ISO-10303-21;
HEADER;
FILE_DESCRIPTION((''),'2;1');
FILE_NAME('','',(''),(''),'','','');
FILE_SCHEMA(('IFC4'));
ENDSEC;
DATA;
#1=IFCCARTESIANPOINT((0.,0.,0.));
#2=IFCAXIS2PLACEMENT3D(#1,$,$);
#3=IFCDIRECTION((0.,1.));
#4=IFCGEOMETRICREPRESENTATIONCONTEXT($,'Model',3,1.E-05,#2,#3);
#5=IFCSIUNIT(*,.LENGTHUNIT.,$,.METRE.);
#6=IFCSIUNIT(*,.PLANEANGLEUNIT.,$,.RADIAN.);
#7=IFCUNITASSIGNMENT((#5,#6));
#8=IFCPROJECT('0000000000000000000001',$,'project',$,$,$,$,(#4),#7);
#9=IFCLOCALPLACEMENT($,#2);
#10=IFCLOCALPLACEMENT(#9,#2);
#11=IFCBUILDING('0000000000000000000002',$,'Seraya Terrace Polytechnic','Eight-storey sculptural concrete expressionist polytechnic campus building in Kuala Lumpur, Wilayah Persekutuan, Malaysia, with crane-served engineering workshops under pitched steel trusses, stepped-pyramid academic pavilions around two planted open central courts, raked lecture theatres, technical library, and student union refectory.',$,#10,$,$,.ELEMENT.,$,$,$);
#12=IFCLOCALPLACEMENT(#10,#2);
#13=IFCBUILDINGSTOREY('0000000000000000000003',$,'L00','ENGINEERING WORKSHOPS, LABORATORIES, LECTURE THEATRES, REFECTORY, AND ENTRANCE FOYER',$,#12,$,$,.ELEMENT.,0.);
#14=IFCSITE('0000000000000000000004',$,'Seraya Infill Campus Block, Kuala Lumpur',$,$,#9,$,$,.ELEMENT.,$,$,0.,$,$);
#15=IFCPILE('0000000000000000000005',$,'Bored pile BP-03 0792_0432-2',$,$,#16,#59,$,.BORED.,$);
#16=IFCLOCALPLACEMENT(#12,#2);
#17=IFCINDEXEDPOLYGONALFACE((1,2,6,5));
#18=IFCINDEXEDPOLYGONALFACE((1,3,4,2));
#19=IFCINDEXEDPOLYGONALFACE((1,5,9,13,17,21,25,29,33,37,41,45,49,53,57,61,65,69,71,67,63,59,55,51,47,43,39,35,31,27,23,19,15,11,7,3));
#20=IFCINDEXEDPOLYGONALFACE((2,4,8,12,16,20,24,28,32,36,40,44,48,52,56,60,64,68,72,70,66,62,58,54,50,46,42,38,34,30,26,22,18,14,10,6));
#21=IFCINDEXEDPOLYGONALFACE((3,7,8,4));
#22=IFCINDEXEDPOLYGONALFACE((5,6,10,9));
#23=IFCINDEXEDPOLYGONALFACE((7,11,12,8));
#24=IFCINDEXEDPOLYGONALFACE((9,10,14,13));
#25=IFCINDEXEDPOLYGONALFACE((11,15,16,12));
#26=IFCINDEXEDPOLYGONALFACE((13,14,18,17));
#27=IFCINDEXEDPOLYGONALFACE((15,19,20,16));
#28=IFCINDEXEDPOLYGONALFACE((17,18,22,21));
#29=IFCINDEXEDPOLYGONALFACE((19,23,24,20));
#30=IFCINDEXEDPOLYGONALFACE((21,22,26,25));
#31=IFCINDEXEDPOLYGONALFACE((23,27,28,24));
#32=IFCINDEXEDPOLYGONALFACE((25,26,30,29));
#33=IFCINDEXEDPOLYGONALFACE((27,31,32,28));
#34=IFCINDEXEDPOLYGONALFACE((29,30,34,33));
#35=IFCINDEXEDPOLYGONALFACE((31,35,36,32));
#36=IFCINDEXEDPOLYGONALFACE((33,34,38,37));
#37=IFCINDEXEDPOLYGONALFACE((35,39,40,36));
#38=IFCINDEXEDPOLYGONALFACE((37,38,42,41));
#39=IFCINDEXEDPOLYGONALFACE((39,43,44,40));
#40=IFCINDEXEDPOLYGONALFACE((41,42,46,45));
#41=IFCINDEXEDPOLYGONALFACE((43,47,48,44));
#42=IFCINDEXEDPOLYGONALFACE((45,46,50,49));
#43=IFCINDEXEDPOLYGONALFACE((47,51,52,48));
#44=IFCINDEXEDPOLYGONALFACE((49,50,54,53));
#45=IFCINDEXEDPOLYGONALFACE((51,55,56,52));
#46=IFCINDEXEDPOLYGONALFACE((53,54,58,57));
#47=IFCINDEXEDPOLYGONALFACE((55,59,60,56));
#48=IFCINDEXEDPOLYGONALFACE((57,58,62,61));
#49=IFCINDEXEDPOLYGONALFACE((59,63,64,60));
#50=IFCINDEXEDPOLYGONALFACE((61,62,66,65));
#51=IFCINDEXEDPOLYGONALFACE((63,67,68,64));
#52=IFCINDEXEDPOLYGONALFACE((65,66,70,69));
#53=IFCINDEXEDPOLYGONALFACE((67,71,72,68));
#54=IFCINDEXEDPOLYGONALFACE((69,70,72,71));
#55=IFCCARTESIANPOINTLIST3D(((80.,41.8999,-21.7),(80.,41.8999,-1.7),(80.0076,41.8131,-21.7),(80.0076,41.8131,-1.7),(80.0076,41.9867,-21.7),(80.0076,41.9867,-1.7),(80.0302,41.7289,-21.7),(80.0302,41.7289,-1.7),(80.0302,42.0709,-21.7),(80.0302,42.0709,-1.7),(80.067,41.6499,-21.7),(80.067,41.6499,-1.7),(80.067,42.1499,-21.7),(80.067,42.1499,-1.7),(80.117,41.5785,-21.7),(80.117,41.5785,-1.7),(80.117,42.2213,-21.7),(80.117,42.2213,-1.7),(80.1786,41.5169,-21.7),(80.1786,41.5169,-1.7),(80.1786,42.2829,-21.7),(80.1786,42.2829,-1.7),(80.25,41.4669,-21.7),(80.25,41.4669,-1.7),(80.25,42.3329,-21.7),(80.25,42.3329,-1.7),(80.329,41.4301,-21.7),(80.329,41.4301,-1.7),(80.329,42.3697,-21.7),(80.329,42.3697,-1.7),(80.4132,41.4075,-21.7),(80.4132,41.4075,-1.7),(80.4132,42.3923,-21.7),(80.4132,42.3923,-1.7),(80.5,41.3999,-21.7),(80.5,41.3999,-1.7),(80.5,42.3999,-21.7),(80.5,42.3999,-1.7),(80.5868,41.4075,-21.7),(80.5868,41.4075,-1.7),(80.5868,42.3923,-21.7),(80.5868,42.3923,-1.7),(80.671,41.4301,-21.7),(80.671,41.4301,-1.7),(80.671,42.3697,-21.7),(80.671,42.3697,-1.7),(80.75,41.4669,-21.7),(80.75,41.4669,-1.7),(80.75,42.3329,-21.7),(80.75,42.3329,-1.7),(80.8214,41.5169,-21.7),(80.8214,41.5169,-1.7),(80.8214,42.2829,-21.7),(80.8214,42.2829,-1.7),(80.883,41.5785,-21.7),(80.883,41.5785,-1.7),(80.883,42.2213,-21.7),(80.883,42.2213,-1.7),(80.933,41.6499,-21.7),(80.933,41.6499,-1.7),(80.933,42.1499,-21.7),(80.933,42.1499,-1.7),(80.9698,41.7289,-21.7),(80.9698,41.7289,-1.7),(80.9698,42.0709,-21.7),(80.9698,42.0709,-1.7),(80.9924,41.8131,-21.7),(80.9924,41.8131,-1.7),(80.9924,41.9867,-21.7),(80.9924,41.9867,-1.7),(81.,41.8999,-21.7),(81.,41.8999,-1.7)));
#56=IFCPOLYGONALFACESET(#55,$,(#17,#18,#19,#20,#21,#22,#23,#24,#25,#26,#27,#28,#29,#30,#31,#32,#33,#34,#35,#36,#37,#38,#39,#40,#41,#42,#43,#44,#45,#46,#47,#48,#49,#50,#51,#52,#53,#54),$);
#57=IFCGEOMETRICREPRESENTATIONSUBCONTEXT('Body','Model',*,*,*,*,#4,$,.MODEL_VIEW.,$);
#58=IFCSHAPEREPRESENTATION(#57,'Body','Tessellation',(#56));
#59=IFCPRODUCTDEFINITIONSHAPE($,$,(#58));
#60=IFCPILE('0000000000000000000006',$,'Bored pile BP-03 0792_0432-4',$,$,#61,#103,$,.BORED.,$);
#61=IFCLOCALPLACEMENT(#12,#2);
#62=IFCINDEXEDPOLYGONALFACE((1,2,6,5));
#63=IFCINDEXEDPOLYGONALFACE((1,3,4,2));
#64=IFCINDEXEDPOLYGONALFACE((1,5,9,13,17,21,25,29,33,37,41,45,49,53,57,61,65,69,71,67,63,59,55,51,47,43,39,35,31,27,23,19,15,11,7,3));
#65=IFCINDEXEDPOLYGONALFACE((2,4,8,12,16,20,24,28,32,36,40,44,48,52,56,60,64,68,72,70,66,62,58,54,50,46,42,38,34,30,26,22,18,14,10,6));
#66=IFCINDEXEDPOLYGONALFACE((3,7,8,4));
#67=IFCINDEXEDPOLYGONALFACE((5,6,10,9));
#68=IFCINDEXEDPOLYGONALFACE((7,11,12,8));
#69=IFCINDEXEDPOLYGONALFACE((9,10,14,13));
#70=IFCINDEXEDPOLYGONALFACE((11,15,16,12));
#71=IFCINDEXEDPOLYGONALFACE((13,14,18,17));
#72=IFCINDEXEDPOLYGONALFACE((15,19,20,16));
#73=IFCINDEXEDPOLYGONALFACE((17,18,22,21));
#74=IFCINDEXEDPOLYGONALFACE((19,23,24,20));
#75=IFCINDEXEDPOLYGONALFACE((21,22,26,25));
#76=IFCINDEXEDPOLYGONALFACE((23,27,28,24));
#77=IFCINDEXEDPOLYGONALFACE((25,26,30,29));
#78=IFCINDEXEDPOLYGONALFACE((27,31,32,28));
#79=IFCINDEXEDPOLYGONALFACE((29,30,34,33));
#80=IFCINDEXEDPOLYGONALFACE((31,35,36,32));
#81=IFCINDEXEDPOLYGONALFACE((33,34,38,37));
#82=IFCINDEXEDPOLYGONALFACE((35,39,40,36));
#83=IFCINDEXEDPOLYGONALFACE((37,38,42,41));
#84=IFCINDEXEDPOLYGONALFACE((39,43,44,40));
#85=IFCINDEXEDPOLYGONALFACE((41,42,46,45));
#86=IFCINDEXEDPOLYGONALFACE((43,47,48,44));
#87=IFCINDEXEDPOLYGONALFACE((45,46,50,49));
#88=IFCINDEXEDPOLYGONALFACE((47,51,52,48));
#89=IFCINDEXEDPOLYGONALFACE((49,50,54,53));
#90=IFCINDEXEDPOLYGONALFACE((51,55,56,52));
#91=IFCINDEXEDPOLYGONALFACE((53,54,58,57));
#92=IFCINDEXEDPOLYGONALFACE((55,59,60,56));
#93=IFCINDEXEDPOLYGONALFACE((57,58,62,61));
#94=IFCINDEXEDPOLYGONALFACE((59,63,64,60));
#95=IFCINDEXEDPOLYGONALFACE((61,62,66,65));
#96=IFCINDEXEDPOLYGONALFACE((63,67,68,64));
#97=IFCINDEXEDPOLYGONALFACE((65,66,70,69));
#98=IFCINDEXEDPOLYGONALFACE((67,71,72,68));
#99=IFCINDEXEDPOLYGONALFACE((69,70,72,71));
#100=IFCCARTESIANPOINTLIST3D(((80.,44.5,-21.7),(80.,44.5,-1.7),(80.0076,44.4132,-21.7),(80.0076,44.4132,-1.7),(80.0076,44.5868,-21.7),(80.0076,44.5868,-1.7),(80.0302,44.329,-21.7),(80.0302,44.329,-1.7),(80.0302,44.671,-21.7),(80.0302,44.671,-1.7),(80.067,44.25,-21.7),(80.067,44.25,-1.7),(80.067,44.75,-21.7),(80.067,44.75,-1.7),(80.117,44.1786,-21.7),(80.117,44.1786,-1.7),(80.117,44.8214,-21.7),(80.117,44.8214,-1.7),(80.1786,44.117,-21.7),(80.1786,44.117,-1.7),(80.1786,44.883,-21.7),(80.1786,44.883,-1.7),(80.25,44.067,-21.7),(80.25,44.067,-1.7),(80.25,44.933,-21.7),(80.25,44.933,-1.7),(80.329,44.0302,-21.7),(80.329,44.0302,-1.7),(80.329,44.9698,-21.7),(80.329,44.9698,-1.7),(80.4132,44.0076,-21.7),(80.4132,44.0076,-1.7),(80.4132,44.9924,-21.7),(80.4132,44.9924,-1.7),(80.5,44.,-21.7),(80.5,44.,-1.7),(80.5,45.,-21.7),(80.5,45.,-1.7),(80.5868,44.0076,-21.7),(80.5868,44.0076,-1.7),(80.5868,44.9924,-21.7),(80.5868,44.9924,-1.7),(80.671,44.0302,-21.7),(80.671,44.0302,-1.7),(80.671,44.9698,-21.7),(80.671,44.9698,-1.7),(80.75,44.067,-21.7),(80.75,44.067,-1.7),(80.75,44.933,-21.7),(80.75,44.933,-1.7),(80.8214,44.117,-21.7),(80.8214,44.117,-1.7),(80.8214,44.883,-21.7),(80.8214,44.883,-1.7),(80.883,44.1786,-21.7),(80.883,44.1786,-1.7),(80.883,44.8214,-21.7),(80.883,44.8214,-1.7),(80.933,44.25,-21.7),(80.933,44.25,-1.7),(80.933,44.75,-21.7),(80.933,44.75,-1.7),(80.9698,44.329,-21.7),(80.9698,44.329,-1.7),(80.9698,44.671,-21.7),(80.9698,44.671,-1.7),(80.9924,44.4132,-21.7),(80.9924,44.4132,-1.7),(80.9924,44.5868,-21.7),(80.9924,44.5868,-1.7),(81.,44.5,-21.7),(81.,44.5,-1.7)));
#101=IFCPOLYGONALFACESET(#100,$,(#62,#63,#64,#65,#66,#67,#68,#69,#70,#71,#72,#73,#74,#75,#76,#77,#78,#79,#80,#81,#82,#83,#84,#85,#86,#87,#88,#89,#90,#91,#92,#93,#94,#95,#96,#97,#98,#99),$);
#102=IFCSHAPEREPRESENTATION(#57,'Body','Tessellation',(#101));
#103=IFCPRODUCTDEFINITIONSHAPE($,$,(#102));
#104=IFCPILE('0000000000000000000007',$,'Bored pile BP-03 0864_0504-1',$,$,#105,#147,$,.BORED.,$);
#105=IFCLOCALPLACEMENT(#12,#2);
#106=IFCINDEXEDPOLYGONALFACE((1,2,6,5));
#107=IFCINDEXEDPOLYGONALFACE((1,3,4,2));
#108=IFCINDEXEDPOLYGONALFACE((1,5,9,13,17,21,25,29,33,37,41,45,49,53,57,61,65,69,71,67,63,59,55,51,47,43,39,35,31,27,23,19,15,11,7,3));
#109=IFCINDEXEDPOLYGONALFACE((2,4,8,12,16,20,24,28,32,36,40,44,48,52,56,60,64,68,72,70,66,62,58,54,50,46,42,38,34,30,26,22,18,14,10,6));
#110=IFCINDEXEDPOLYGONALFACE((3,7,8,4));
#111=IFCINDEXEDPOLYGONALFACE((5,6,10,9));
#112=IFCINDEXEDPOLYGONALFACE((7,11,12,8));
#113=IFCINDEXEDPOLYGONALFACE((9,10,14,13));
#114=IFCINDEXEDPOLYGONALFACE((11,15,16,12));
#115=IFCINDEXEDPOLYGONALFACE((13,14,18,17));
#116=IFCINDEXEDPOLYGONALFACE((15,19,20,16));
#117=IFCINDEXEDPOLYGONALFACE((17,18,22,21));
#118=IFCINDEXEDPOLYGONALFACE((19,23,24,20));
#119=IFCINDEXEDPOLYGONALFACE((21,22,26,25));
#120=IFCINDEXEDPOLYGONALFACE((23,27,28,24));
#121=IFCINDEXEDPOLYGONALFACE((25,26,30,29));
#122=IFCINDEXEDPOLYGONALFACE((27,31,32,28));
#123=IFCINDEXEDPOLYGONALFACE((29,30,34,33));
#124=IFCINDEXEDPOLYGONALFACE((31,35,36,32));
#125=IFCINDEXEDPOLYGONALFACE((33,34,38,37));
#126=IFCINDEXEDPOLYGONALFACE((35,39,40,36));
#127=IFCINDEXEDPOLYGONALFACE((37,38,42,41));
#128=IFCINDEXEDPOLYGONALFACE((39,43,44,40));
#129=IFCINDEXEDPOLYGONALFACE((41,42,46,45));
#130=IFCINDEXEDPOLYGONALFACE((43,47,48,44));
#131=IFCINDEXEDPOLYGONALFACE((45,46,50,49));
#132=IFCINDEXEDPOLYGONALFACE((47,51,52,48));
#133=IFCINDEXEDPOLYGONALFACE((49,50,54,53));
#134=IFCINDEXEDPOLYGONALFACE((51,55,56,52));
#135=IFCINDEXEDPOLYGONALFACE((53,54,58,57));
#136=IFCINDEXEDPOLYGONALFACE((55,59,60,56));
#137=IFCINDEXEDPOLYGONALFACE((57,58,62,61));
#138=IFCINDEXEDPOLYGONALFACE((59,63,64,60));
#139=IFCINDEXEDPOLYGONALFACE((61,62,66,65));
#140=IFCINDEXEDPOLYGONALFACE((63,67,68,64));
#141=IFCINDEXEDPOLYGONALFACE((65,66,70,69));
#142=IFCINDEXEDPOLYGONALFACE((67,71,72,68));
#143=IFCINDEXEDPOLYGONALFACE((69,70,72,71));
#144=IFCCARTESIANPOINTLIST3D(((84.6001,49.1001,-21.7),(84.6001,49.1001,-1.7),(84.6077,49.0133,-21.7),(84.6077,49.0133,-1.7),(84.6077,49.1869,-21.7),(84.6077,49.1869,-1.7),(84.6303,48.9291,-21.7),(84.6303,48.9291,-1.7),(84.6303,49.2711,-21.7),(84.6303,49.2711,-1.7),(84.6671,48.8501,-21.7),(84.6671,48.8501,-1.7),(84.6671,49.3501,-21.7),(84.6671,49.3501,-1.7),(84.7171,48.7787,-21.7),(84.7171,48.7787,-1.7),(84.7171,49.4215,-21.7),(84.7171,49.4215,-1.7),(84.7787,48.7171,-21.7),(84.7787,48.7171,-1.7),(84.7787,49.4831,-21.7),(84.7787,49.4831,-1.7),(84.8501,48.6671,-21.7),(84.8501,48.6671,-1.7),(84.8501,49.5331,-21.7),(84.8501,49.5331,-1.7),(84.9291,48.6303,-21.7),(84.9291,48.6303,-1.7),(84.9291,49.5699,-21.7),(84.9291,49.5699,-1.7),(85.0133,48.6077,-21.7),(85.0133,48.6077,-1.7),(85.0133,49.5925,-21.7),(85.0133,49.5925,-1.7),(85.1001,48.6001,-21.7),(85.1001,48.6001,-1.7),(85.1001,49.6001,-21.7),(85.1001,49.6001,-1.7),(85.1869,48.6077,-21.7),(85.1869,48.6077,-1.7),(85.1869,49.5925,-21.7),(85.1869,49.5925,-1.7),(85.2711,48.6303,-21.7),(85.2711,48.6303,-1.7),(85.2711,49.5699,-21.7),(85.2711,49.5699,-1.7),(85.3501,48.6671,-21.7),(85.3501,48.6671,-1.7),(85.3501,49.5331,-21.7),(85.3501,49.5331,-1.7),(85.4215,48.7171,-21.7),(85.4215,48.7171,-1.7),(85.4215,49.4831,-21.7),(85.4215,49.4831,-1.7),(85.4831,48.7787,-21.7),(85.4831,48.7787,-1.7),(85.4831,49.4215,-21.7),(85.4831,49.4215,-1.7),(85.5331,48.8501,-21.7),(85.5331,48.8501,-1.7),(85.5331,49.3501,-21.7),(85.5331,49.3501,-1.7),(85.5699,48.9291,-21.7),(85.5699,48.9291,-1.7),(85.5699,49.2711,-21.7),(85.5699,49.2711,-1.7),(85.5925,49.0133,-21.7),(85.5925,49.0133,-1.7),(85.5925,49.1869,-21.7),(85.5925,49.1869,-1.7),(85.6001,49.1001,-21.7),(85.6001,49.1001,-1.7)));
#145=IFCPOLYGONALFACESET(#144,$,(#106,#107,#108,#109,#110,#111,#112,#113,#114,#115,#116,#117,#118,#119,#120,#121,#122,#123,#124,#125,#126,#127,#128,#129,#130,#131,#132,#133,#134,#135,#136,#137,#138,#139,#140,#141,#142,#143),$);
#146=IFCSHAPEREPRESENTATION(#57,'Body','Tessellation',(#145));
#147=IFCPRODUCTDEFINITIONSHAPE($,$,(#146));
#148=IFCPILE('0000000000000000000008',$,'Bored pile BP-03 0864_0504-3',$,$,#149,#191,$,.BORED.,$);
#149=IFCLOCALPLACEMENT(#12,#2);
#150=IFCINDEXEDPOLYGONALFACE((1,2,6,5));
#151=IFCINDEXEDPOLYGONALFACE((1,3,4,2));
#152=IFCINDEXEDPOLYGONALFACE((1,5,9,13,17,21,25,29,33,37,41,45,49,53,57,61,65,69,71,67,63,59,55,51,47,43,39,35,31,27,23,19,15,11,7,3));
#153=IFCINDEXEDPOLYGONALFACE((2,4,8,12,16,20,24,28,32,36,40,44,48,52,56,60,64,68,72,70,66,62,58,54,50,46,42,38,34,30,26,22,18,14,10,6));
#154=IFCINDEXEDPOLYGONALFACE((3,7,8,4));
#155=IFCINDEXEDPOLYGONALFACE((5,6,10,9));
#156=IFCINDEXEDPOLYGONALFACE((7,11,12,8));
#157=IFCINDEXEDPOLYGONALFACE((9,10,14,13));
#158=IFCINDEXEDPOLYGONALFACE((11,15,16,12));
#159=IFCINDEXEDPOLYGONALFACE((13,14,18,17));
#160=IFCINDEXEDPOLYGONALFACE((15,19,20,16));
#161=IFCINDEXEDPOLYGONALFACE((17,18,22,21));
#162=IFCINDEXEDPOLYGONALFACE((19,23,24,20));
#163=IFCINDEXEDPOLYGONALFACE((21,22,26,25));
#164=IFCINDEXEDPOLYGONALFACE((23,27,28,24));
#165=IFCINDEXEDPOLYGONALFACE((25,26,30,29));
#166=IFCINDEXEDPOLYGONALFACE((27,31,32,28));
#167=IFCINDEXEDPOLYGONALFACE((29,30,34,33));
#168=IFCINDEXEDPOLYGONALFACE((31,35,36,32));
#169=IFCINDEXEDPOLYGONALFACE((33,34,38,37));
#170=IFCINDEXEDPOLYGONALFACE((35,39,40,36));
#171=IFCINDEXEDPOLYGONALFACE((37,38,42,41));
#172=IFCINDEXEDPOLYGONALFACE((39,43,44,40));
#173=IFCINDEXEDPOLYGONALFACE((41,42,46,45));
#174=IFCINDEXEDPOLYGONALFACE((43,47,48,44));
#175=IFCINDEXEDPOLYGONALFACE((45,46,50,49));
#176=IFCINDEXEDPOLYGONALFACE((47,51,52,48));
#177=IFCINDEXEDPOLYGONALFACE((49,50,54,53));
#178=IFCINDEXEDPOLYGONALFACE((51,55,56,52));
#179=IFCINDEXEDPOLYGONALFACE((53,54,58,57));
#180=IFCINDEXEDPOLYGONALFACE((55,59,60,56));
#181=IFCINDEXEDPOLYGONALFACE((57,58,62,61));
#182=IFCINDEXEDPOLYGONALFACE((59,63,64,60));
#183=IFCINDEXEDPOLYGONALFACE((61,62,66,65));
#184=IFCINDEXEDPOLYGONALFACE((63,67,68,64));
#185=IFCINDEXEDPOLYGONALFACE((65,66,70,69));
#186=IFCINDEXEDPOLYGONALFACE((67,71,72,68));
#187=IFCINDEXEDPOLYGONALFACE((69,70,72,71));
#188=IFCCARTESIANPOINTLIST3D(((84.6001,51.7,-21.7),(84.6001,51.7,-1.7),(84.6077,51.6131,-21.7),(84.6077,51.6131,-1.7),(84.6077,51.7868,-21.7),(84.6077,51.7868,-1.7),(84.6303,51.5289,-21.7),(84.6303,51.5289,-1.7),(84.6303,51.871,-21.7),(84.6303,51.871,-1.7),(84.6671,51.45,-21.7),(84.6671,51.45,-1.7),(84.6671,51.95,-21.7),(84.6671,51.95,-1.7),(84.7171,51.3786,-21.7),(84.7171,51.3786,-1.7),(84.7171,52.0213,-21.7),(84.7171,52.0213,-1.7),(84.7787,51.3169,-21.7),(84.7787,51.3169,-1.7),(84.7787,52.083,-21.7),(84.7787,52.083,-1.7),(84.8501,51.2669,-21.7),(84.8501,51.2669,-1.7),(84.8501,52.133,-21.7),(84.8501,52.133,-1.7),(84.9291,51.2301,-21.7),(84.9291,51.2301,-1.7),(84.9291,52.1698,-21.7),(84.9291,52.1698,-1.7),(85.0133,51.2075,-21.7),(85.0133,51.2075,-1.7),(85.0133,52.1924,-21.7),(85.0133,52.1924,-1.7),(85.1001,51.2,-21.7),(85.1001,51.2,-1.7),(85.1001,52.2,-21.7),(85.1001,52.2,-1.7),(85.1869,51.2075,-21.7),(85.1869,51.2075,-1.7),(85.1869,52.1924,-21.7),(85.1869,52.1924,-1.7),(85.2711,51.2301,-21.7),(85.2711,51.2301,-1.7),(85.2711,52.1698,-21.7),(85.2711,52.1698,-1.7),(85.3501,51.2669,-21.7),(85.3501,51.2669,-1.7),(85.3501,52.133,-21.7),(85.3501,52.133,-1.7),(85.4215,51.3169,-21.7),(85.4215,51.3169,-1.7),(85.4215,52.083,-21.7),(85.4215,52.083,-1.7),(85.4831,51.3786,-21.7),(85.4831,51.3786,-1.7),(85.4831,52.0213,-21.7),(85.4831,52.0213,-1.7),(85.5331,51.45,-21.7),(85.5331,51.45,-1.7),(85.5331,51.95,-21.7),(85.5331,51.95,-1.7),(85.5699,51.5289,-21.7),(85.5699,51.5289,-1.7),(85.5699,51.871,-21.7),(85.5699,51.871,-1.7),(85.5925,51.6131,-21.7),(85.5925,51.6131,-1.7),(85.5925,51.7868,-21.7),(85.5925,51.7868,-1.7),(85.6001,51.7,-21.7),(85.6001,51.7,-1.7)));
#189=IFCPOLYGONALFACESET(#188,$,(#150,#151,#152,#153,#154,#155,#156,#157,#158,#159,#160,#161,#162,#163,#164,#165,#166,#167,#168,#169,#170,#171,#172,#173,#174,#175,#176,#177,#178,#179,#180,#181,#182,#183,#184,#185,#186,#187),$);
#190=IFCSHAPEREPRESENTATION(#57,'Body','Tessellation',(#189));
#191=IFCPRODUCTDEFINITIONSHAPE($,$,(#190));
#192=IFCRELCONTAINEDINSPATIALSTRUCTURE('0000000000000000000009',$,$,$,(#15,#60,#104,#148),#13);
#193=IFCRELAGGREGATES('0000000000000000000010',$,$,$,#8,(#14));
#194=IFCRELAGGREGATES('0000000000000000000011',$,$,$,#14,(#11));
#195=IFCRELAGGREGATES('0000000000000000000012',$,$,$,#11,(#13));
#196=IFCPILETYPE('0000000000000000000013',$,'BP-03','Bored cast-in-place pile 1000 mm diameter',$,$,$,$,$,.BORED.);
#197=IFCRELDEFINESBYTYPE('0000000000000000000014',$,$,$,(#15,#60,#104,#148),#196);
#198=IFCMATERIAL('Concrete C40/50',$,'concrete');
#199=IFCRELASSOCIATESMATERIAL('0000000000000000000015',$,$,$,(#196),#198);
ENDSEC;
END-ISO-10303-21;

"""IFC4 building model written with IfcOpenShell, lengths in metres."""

from ifc_helpers import new_model, si_unit, direction, frame, origin, origin_2d, place, context, subcontext, project, spatial, circle, extrude, material, material_profile, profile_set, type_object, element, save


model = new_model("IFC4")

# Units and contexts
model_context = context("Model", 3, precision=1e-05, world=origin(), true_north=direction((0.0, 1.0)))
body_context = subcontext(model_context, "Body", "Model", "MODEL_VIEW")
ifc_project = project(units=[si_unit("LENGTHUNIT", "METRE"), si_unit("PLANEANGLEUNIT", "RADIAN")], contexts=[model_context])

# Site, building, storey
site_placement = place(None, origin())
site = spatial("IfcSite", under=ifc_project, at=site_placement, Name="Seraya Infill Campus Block, Kuala Lumpur", CompositionType="ELEMENT", RefElevation=0.0)
building_placement = place(site_placement, origin())
building = spatial("IfcBuilding", under=site, at=building_placement, Name="Seraya Terrace Polytechnic", Description="Eight-storey sculptural concrete expressionist polytechnic campus building in Kuala Lumpur, Wilayah Persekutuan, Malaysia, with crane-served engineering workshops under pitched steel trusses, stepped-pyramid academic pavilions around two planted open central courts, raked lecture theatres, technical library, and student union refectory.", CompositionType="ELEMENT")
storey_placement = place(building_placement, origin())
storey = spatial("IfcBuildingStorey", under=building, at=storey_placement, Name="L00", Description="ENGINEERING WORKSHOPS, LABORATORIES, LECTURE THEATRES, REFECTORY, AND ENTRANCE FOYER", CompositionType="ELEMENT", Elevation=0.0)

# Piles
ifc_material_1 = material(Name="Concrete C40/50", Category="concrete")
ifc_material_profile_1 = material_profile(ifc_material_1, circle(Radius=0.5, at=origin_2d()), Name="DIA 1000")
ifc_profile_set_1 = profile_set([ifc_material_profile_1], Name="Concrete C40/50")
pile_type_1 = type_object("IfcPileType", Name="BP-03", Description="Bored cast-in-place pile 1000 mm diameter", PredefinedType="BORED", material=ifc_profile_set_1)
for number, where, z_axis, x_axis, name in (
    (1, (80.5, 41.8999, -1.7), (0.0, 0.0, -1.0), (1.0, 0.0, 0.0), "Bored pile BP-03 0792_0432-2"),
    (2, (80.5, 44.5, -1.7), (0.0, 0.0, -1.0), (1.0, 0.0, 0.0), "Bored pile BP-03 0792_0432-4"),
    (3, (85.1001, 49.1001, -1.7), (0.0, 0.0, -1.0), (1.0, 0.0, 0.0), "Bored pile BP-03 0864_0504-1"),
    (4, (85.1001, 51.7, -1.7), (0.0, 0.0, -1.0), (1.0, 0.0, 0.0), "Bored pile BP-03 0864_0504-3"),
):
    element("IfcPile", number, at=place(storey_placement, frame(where, z_axis=z_axis, x_axis=x_axis)), inside=storey, type_object=pile_type_1, Name=name, PredefinedType="BORED", context=body_context, shape_type="SweptSolid", body=[
        extrude(circle(Radius=0.5, at=origin_2d()), origin(), (0.0, 0.0, 1.0), 20.0),
    ])

save(model, "model.ifc")
